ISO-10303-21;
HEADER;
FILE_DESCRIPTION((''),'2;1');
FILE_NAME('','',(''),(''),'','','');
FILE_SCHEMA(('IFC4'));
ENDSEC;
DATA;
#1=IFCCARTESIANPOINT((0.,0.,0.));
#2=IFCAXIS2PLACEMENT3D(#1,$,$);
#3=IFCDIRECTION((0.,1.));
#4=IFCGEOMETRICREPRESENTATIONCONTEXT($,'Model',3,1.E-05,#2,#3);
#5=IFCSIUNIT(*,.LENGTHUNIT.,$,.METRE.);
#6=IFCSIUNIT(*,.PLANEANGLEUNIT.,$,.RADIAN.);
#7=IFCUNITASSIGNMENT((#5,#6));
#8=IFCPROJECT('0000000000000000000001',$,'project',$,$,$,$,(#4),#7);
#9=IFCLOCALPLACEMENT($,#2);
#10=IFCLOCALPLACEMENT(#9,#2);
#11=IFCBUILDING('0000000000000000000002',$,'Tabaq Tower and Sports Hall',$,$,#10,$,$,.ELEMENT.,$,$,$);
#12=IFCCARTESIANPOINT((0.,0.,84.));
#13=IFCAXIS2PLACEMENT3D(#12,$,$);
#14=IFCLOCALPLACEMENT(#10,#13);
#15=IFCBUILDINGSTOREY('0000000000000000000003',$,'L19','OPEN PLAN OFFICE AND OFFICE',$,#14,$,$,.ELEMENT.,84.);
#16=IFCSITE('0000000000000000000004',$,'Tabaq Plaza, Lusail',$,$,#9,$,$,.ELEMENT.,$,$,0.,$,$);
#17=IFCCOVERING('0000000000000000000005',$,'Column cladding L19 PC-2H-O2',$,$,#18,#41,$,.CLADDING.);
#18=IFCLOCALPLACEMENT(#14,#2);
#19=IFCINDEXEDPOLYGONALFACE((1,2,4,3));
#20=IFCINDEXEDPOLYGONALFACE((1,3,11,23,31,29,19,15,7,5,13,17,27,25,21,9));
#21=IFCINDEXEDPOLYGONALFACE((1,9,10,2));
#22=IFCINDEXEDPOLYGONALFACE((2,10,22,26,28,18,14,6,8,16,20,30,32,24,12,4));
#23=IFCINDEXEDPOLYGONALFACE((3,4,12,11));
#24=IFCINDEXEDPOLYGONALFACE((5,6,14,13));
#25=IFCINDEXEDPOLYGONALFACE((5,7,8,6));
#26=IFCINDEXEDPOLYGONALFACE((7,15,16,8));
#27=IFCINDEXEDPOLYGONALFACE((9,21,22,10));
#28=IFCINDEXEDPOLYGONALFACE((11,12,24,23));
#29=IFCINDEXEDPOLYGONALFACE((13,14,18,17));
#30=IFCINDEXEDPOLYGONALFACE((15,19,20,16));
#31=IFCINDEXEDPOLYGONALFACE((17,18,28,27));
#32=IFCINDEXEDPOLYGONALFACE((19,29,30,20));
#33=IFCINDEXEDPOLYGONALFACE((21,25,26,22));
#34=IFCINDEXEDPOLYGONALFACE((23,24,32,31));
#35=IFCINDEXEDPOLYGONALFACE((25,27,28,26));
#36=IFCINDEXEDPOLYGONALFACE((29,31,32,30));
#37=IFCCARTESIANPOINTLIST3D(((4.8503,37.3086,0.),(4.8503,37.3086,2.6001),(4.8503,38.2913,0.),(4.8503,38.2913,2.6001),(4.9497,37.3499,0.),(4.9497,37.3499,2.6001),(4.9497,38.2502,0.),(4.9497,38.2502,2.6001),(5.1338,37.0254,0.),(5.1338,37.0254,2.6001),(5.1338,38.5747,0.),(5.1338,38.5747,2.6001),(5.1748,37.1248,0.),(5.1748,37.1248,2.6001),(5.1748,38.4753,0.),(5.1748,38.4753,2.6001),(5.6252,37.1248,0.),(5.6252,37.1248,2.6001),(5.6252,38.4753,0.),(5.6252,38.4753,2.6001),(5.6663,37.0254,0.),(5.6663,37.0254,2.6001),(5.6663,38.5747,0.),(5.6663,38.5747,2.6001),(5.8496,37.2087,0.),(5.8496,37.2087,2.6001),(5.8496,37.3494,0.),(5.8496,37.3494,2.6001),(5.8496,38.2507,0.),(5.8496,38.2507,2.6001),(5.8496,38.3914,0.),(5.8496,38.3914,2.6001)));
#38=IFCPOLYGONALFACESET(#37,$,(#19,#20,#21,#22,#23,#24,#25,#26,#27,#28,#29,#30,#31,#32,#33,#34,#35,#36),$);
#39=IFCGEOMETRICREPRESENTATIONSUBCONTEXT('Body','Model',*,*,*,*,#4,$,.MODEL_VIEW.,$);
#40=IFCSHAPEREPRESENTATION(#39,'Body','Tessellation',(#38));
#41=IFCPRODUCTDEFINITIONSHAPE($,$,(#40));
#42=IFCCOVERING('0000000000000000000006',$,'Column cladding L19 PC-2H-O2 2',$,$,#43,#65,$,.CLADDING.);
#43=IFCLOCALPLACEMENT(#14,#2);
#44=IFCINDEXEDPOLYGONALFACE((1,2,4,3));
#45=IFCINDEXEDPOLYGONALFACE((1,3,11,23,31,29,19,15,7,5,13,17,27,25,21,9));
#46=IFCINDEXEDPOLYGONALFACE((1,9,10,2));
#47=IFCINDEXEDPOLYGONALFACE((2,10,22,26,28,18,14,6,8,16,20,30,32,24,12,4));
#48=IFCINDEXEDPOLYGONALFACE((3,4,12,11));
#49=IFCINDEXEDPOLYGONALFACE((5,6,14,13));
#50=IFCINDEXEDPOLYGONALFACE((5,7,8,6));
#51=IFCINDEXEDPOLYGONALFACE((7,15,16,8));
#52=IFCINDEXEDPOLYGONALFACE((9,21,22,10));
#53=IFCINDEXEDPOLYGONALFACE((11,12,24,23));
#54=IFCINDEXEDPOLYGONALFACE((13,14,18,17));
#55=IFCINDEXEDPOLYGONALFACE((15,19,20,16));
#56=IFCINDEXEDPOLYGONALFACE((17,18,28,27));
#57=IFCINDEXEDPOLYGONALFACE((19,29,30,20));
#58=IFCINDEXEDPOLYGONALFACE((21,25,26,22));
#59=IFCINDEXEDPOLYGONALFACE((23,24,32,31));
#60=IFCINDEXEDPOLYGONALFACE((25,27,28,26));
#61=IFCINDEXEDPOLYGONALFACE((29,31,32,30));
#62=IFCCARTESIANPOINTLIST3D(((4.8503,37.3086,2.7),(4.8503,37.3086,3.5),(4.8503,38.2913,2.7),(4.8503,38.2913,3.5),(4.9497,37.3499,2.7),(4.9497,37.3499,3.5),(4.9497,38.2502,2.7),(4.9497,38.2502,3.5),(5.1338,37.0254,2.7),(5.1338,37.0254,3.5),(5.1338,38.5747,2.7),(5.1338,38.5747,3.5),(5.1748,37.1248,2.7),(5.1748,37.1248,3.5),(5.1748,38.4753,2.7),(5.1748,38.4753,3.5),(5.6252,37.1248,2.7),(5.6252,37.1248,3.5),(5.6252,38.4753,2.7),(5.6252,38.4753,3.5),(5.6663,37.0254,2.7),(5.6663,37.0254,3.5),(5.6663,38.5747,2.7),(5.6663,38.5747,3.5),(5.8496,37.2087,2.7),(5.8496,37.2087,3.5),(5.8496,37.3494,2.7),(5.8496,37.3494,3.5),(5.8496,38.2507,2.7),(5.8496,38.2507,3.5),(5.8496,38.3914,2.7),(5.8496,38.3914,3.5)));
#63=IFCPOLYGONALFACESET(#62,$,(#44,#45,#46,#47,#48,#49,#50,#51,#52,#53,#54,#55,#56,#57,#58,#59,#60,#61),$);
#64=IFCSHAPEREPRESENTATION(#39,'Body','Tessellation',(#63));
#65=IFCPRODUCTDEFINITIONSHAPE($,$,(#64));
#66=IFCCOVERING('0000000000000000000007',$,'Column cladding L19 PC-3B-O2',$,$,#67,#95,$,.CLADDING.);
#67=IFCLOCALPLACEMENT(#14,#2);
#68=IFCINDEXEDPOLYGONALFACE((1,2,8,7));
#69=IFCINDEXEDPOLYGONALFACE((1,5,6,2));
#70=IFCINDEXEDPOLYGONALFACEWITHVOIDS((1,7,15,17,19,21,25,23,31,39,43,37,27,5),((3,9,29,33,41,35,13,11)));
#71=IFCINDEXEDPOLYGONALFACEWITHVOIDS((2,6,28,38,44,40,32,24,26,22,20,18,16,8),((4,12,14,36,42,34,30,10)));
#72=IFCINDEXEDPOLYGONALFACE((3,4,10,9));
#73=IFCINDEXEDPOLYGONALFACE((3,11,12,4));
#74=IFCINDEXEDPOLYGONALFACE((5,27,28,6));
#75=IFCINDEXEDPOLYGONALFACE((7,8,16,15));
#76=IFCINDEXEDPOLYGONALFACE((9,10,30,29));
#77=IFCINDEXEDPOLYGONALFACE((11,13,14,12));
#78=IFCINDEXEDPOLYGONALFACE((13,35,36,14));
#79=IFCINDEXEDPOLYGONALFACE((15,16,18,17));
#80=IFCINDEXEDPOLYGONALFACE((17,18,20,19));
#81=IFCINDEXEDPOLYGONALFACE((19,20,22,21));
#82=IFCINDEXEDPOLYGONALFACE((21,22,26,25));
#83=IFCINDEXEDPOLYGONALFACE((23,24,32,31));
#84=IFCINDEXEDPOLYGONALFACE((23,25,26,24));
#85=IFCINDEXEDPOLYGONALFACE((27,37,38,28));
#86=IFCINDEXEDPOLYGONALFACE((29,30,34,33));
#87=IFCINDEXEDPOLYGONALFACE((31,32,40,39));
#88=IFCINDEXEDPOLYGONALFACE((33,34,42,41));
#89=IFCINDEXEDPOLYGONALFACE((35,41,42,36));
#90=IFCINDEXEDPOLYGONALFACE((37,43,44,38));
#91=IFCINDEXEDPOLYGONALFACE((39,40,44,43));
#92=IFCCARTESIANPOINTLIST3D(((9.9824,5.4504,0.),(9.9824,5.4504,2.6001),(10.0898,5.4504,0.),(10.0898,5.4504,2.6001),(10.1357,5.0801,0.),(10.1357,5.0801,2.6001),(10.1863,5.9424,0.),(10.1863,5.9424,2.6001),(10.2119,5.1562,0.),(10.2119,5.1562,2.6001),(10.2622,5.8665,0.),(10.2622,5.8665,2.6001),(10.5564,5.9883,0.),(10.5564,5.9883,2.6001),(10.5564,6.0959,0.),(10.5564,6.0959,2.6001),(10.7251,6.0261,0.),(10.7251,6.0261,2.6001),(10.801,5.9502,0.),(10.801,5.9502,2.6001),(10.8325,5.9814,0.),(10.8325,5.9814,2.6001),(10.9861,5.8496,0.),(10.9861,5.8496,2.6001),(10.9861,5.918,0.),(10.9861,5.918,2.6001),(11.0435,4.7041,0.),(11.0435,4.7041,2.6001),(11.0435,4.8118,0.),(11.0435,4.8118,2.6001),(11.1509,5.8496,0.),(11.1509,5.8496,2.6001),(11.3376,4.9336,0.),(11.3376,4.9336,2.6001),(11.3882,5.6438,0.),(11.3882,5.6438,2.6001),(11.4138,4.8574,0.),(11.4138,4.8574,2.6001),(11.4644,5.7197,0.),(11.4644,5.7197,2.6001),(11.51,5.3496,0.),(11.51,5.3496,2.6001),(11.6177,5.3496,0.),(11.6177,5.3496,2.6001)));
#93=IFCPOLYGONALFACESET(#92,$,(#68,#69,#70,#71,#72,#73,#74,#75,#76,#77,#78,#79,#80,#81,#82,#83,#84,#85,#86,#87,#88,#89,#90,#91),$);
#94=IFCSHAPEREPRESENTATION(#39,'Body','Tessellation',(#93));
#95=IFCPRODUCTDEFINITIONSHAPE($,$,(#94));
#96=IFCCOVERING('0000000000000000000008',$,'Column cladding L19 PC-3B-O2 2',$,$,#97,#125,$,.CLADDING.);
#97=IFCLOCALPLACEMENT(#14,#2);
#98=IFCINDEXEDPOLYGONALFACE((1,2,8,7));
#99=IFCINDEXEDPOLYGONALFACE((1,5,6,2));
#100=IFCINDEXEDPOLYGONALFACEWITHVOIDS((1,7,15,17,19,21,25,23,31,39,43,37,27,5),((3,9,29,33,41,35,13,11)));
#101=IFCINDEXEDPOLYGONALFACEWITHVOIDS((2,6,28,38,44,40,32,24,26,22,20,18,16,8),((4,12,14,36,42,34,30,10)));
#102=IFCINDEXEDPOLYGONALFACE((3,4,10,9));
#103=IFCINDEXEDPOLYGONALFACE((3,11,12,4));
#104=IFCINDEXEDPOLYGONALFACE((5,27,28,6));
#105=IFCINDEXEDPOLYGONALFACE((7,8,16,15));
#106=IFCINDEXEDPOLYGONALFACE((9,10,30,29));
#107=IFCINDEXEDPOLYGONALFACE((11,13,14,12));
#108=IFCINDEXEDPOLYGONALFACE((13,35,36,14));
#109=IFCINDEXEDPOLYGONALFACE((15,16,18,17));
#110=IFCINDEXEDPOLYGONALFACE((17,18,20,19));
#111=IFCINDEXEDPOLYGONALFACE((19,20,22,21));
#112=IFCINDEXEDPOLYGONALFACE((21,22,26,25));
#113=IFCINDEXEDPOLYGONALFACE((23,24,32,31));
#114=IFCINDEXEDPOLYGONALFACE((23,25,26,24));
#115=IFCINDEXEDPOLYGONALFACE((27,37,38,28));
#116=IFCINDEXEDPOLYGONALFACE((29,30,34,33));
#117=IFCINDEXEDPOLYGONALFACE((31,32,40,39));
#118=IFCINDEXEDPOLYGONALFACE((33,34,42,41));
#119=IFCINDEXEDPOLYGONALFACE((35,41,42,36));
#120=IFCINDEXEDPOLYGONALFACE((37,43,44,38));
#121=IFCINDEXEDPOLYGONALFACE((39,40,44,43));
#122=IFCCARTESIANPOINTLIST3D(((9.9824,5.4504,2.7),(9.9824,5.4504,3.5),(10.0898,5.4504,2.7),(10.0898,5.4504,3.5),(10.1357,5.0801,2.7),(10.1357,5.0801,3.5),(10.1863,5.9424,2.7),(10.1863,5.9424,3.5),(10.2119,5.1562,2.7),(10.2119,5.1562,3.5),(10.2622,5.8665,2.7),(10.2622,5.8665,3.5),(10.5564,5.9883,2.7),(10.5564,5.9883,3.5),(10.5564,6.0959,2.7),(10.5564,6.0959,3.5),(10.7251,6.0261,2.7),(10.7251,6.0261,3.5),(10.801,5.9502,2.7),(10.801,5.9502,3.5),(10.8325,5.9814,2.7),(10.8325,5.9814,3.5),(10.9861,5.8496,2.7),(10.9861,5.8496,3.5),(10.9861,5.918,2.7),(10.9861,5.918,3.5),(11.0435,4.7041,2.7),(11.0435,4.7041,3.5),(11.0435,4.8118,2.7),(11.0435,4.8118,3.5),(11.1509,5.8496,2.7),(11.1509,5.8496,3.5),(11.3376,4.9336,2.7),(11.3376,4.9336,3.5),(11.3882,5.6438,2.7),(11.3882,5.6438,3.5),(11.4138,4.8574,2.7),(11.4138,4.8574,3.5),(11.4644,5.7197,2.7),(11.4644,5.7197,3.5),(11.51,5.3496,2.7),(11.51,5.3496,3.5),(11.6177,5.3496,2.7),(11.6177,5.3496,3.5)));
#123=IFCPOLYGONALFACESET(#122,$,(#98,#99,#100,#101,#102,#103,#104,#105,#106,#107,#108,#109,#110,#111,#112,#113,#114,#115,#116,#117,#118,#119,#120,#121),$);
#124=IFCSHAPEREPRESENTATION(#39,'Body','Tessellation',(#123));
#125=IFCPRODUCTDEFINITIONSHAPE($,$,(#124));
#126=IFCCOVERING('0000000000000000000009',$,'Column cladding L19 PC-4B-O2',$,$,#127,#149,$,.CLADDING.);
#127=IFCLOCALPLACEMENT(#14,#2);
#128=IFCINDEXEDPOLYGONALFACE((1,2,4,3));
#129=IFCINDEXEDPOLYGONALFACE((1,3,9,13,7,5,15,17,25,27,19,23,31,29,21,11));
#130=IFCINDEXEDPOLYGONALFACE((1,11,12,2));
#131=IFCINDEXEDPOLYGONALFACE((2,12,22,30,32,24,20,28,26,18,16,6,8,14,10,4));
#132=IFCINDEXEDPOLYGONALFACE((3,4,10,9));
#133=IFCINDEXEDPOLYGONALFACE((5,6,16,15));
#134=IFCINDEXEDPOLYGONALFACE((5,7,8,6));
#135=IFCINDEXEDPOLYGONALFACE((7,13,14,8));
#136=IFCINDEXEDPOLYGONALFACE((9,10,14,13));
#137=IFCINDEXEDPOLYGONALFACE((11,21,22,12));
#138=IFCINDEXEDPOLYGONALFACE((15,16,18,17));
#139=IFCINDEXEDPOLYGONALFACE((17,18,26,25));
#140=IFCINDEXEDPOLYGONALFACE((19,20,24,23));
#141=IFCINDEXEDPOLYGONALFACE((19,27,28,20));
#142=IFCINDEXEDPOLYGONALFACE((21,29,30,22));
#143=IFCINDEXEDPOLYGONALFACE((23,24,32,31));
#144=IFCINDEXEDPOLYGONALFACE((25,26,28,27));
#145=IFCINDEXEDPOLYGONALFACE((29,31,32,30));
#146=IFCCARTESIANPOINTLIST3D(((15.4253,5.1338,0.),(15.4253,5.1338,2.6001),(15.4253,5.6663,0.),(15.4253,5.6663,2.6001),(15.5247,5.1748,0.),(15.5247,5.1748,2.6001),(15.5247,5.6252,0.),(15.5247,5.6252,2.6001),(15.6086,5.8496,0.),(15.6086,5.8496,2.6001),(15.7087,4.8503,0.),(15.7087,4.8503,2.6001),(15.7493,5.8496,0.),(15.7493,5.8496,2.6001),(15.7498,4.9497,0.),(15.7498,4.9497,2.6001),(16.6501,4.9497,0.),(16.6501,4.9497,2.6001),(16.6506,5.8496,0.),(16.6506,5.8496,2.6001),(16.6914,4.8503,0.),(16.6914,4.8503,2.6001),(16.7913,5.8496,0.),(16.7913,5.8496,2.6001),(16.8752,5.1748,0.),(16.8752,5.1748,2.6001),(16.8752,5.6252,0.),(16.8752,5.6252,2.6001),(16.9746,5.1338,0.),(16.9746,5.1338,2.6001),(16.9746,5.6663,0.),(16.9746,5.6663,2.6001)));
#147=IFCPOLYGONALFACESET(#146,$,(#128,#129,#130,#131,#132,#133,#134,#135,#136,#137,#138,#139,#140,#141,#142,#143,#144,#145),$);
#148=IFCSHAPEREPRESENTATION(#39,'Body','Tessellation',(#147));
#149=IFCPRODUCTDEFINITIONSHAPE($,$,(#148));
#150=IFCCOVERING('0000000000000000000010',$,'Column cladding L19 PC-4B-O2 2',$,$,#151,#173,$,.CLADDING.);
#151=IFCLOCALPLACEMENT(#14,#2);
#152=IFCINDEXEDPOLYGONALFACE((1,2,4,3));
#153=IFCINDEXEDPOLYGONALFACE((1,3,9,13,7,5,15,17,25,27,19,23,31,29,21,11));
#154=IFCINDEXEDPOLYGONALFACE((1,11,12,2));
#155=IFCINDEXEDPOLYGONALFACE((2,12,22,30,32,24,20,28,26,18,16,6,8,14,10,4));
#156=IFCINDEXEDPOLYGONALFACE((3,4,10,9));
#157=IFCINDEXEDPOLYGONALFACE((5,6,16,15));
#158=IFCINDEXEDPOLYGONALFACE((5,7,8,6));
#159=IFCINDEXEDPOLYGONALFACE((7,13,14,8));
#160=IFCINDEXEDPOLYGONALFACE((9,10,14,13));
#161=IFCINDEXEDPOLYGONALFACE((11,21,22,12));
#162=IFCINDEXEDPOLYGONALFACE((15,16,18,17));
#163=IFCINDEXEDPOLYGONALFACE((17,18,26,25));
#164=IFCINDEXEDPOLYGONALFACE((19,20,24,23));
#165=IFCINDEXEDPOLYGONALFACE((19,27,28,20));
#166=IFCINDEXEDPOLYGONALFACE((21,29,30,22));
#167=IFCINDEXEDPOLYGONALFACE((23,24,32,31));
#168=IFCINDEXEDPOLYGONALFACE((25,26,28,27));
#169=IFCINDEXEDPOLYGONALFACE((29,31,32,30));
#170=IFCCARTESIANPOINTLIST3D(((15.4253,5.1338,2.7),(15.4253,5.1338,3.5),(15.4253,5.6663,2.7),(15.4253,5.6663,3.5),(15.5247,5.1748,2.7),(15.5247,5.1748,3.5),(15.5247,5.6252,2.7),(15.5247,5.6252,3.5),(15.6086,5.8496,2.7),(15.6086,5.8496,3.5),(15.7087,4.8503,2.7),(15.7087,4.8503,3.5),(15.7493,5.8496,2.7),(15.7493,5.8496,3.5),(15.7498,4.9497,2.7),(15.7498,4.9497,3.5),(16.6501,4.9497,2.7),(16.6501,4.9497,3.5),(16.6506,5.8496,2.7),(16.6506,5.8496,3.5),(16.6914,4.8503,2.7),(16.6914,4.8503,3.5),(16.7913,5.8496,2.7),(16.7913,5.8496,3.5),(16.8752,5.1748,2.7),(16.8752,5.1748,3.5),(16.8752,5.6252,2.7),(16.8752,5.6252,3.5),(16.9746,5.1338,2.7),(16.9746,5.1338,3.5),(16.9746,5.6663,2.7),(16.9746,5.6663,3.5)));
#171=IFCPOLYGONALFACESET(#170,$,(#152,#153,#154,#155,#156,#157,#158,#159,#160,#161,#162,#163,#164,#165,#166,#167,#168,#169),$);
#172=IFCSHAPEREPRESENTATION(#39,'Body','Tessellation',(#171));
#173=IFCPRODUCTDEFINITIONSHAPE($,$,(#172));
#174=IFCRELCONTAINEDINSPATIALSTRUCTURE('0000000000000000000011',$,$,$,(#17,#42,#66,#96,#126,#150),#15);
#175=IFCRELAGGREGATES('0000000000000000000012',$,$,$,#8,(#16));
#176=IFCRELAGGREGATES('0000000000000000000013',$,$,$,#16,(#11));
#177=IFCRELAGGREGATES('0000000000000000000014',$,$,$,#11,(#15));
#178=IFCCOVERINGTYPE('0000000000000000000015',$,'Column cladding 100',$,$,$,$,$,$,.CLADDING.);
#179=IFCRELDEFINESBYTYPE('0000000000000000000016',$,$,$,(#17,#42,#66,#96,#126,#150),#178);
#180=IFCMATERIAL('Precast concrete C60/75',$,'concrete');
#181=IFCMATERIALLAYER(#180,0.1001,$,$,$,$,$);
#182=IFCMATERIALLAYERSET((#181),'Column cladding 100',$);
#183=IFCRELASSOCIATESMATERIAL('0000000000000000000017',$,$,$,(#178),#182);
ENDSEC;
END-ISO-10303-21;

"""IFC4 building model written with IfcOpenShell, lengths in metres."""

from ifc_helpers import new_model, si_unit, direction, frame, origin, place, context, subcontext, project, spatial, polyline, outline, extrude, material, layer, layer_set, type_object, element, save


model = new_model("IFC4")

# Units and contexts
model_context = context("Model", 3, precision=1e-05, world=origin(), true_north=direction((0.0, 1.0)))
body_context = subcontext(model_context, "Body", "Model", "MODEL_VIEW")
ifc_project = project(units=[si_unit("LENGTHUNIT", "METRE"), si_unit("PLANEANGLEUNIT", "RADIAN")], contexts=[model_context])

# Site, building, storey
site_placement = place(None, origin())
site = spatial("IfcSite", under=ifc_project, at=site_placement, Name="Tabaq Plaza, Lusail", CompositionType="ELEMENT", RefElevation=0.0)
building_placement = place(site_placement, origin())
building = spatial("IfcBuilding", under=site, at=building_placement, Name="Tabaq Tower and Sports Hall", CompositionType="ELEMENT")
storey_placement = place(building_placement, frame((0.0, 0.0, 84.0)))
storey = spatial("IfcBuildingStorey", under=building, at=storey_placement, Name="L19", Description="OPEN PLAN OFFICE AND OFFICE", CompositionType="ELEMENT", Elevation=84.0)

# Coverings
ifc_material_1 = material(Name="Precast concrete C60/75", Category="concrete")
ifc_layer_1 = layer(ifc_material_1, 0.1001)
ifc_layer_set_1 = layer_set([ifc_layer_1], Name="Column cladding 100")
covering_type = type_object("IfcCoveringType", Name="Column cladding 100", PredefinedType="CLADDING", material=ifc_layer_set_1)
covering_1_placement = place(storey_placement, origin())
element("IfcCovering", 1, at=covering_1_placement, inside=storey, type_object=covering_type, Name="Column cladding L19 PC-2H-O2", PredefinedType="CLADDING", context=body_context, shape_type="SweptSolid", body=[
    extrude(outline(polyline([(5.1338, 37.0254), (4.8503, 37.3086), (4.8503, 38.2913), (5.1338, 38.5747), (5.6663, 38.5747), (5.8496, 38.3914), (5.8496, 38.2507), (5.6252, 38.4753), (5.1748, 38.4753), (4.9497, 38.2502), (4.9497, 37.3499), (5.1748, 37.1248), (5.6252, 37.1248), (5.8496, 37.3494), (5.8496, 37.2087), (5.6663, 37.0254), (5.1338, 37.0254)])), origin(), (0.0, 0.0, 1.0), 2.6001),
])
covering_2_placement = place(storey_placement, frame((0.0, 0.0, 2.7)))
element("IfcCovering", 2, at=covering_2_placement, inside=storey, type_object=covering_type, Name="Column cladding L19 PC-2H-O2 2", PredefinedType="CLADDING", context=body_context, shape_type="SweptSolid", body=[
    extrude(outline(polyline([(5.1338, 37.0254), (4.8503, 37.3086), (4.8503, 38.2913), (5.1338, 38.5747), (5.6663, 38.5747), (5.8496, 38.3914), (5.8496, 38.2507), (5.6252, 38.4753), (5.1748, 38.4753), (4.9497, 38.2502), (4.9497, 37.3499), (5.1748, 37.1248), (5.6252, 37.1248), (5.8496, 37.3494), (5.8496, 37.2087), (5.6663, 37.0254), (5.1338, 37.0254)])), origin(), (0.0, 0.0, 1.0), 0.8),
])
covering_3_placement = place(storey_placement, origin())
element("IfcCovering", 3, at=covering_3_placement, inside=storey, type_object=covering_type, Name="Column cladding L19 PC-3B-O2", PredefinedType="CLADDING", context=body_context, shape_type="SweptSolid", body=[
    extrude(outline(polyline([(11.4138, 4.8574), (11.0435, 4.7041), (10.1357, 5.0801), (9.9824, 5.4504), (10.1863, 5.9424), (10.5564, 6.0959), (10.7251, 6.0261), (10.801, 5.9502), (10.8325, 5.9814), (10.9861, 5.918), (10.9861, 5.8496), (11.1509, 5.8496), (11.4644, 5.7197), (11.6177, 5.3496), (11.4138, 4.8574)]), holes=[polyline([(10.2622, 5.8665), (10.0898, 5.4504), (10.2119, 5.1562), (11.0435, 4.8118), (11.3376, 4.9336), (11.51, 5.3496), (11.3882, 5.6438), (10.5564, 5.9883), (10.2622, 5.8665)])]), origin(), (0.0, 0.0, 1.0), 2.6001),
])
covering_4_placement = place(storey_placement, frame((0.0, 0.0, 2.7)))
element("IfcCovering", 4, at=covering_4_placement, inside=storey, type_object=covering_type, Name="Column cladding L19 PC-3B-O2 2", PredefinedType="CLADDING", context=body_context, shape_type="SweptSolid", body=[
    extrude(outline(polyline([(11.4138, 4.8574), (11.0435, 4.7041), (10.1357, 5.0801), (9.9824, 5.4504), (10.1863, 5.9424), (10.5564, 6.0959), (10.7251, 6.0261), (10.801, 5.9502), (10.8325, 5.9814), (10.9861, 5.918), (10.9861, 5.8496), (11.1509, 5.8496), (11.4644, 5.7197), (11.6177, 5.3496), (11.4138, 4.8574)]), holes=[polyline([(10.2622, 5.8665), (10.0898, 5.4504), (10.2119, 5.1562), (11.0435, 4.8118), (11.3376, 4.9336), (11.51, 5.3496), (11.3882, 5.6438), (10.5564, 5.9883), (10.2622, 5.8665)])]), origin(), (0.0, 0.0, 1.0), 0.8),
])
covering_5_placement = place(storey_placement, origin())
element("IfcCovering", 5, at=covering_5_placement, inside=storey, type_object=covering_type, Name="Column cladding L19 PC-4B-O2", PredefinedType="CLADDING", context=body_context, shape_type="SweptSolid", body=[
    extrude(outline(polyline([(15.4253, 5.6663), (15.6086, 5.8496), (15.7493, 5.8496), (15.5247, 5.6252), (15.5247, 5.1748), (15.7498, 4.9497), (16.6501, 4.9497), (16.8752, 5.1748), (16.8752, 5.6252), (16.6506, 5.8496), (16.7913, 5.8496), (16.9746, 5.6663), (16.9746, 5.1338), (16.6914, 4.8503), (15.7087, 4.8503), (15.4253, 5.1338), (15.4253, 5.6663)])), origin(), (0.0, 0.0, 1.0), 2.6001),
])
covering_6_placement = place(storey_placement, frame((0.0, 0.0, 2.7)))
element("IfcCovering", 6, at=covering_6_placement, inside=storey, type_object=covering_type, Name="Column cladding L19 PC-4B-O2 2", PredefinedType="CLADDING", context=body_context, shape_type="SweptSolid", body=[
    extrude(outline(polyline([(15.4253, 5.6663), (15.6086, 5.8496), (15.7493, 5.8496), (15.5247, 5.6252), (15.5247, 5.1748), (15.7498, 4.9497), (16.6501, 4.9497), (16.8752, 5.1748), (16.8752, 5.6252), (16.6506, 5.8496), (16.7913, 5.8496), (16.9746, 5.6663), (16.9746, 5.1338), (16.6914, 4.8503), (15.7087, 4.8503), (15.4253, 5.1338), (15.4253, 5.6663)])), origin(), (0.0, 0.0, 1.0), 0.8),
])

save(model, "model.ifc")
